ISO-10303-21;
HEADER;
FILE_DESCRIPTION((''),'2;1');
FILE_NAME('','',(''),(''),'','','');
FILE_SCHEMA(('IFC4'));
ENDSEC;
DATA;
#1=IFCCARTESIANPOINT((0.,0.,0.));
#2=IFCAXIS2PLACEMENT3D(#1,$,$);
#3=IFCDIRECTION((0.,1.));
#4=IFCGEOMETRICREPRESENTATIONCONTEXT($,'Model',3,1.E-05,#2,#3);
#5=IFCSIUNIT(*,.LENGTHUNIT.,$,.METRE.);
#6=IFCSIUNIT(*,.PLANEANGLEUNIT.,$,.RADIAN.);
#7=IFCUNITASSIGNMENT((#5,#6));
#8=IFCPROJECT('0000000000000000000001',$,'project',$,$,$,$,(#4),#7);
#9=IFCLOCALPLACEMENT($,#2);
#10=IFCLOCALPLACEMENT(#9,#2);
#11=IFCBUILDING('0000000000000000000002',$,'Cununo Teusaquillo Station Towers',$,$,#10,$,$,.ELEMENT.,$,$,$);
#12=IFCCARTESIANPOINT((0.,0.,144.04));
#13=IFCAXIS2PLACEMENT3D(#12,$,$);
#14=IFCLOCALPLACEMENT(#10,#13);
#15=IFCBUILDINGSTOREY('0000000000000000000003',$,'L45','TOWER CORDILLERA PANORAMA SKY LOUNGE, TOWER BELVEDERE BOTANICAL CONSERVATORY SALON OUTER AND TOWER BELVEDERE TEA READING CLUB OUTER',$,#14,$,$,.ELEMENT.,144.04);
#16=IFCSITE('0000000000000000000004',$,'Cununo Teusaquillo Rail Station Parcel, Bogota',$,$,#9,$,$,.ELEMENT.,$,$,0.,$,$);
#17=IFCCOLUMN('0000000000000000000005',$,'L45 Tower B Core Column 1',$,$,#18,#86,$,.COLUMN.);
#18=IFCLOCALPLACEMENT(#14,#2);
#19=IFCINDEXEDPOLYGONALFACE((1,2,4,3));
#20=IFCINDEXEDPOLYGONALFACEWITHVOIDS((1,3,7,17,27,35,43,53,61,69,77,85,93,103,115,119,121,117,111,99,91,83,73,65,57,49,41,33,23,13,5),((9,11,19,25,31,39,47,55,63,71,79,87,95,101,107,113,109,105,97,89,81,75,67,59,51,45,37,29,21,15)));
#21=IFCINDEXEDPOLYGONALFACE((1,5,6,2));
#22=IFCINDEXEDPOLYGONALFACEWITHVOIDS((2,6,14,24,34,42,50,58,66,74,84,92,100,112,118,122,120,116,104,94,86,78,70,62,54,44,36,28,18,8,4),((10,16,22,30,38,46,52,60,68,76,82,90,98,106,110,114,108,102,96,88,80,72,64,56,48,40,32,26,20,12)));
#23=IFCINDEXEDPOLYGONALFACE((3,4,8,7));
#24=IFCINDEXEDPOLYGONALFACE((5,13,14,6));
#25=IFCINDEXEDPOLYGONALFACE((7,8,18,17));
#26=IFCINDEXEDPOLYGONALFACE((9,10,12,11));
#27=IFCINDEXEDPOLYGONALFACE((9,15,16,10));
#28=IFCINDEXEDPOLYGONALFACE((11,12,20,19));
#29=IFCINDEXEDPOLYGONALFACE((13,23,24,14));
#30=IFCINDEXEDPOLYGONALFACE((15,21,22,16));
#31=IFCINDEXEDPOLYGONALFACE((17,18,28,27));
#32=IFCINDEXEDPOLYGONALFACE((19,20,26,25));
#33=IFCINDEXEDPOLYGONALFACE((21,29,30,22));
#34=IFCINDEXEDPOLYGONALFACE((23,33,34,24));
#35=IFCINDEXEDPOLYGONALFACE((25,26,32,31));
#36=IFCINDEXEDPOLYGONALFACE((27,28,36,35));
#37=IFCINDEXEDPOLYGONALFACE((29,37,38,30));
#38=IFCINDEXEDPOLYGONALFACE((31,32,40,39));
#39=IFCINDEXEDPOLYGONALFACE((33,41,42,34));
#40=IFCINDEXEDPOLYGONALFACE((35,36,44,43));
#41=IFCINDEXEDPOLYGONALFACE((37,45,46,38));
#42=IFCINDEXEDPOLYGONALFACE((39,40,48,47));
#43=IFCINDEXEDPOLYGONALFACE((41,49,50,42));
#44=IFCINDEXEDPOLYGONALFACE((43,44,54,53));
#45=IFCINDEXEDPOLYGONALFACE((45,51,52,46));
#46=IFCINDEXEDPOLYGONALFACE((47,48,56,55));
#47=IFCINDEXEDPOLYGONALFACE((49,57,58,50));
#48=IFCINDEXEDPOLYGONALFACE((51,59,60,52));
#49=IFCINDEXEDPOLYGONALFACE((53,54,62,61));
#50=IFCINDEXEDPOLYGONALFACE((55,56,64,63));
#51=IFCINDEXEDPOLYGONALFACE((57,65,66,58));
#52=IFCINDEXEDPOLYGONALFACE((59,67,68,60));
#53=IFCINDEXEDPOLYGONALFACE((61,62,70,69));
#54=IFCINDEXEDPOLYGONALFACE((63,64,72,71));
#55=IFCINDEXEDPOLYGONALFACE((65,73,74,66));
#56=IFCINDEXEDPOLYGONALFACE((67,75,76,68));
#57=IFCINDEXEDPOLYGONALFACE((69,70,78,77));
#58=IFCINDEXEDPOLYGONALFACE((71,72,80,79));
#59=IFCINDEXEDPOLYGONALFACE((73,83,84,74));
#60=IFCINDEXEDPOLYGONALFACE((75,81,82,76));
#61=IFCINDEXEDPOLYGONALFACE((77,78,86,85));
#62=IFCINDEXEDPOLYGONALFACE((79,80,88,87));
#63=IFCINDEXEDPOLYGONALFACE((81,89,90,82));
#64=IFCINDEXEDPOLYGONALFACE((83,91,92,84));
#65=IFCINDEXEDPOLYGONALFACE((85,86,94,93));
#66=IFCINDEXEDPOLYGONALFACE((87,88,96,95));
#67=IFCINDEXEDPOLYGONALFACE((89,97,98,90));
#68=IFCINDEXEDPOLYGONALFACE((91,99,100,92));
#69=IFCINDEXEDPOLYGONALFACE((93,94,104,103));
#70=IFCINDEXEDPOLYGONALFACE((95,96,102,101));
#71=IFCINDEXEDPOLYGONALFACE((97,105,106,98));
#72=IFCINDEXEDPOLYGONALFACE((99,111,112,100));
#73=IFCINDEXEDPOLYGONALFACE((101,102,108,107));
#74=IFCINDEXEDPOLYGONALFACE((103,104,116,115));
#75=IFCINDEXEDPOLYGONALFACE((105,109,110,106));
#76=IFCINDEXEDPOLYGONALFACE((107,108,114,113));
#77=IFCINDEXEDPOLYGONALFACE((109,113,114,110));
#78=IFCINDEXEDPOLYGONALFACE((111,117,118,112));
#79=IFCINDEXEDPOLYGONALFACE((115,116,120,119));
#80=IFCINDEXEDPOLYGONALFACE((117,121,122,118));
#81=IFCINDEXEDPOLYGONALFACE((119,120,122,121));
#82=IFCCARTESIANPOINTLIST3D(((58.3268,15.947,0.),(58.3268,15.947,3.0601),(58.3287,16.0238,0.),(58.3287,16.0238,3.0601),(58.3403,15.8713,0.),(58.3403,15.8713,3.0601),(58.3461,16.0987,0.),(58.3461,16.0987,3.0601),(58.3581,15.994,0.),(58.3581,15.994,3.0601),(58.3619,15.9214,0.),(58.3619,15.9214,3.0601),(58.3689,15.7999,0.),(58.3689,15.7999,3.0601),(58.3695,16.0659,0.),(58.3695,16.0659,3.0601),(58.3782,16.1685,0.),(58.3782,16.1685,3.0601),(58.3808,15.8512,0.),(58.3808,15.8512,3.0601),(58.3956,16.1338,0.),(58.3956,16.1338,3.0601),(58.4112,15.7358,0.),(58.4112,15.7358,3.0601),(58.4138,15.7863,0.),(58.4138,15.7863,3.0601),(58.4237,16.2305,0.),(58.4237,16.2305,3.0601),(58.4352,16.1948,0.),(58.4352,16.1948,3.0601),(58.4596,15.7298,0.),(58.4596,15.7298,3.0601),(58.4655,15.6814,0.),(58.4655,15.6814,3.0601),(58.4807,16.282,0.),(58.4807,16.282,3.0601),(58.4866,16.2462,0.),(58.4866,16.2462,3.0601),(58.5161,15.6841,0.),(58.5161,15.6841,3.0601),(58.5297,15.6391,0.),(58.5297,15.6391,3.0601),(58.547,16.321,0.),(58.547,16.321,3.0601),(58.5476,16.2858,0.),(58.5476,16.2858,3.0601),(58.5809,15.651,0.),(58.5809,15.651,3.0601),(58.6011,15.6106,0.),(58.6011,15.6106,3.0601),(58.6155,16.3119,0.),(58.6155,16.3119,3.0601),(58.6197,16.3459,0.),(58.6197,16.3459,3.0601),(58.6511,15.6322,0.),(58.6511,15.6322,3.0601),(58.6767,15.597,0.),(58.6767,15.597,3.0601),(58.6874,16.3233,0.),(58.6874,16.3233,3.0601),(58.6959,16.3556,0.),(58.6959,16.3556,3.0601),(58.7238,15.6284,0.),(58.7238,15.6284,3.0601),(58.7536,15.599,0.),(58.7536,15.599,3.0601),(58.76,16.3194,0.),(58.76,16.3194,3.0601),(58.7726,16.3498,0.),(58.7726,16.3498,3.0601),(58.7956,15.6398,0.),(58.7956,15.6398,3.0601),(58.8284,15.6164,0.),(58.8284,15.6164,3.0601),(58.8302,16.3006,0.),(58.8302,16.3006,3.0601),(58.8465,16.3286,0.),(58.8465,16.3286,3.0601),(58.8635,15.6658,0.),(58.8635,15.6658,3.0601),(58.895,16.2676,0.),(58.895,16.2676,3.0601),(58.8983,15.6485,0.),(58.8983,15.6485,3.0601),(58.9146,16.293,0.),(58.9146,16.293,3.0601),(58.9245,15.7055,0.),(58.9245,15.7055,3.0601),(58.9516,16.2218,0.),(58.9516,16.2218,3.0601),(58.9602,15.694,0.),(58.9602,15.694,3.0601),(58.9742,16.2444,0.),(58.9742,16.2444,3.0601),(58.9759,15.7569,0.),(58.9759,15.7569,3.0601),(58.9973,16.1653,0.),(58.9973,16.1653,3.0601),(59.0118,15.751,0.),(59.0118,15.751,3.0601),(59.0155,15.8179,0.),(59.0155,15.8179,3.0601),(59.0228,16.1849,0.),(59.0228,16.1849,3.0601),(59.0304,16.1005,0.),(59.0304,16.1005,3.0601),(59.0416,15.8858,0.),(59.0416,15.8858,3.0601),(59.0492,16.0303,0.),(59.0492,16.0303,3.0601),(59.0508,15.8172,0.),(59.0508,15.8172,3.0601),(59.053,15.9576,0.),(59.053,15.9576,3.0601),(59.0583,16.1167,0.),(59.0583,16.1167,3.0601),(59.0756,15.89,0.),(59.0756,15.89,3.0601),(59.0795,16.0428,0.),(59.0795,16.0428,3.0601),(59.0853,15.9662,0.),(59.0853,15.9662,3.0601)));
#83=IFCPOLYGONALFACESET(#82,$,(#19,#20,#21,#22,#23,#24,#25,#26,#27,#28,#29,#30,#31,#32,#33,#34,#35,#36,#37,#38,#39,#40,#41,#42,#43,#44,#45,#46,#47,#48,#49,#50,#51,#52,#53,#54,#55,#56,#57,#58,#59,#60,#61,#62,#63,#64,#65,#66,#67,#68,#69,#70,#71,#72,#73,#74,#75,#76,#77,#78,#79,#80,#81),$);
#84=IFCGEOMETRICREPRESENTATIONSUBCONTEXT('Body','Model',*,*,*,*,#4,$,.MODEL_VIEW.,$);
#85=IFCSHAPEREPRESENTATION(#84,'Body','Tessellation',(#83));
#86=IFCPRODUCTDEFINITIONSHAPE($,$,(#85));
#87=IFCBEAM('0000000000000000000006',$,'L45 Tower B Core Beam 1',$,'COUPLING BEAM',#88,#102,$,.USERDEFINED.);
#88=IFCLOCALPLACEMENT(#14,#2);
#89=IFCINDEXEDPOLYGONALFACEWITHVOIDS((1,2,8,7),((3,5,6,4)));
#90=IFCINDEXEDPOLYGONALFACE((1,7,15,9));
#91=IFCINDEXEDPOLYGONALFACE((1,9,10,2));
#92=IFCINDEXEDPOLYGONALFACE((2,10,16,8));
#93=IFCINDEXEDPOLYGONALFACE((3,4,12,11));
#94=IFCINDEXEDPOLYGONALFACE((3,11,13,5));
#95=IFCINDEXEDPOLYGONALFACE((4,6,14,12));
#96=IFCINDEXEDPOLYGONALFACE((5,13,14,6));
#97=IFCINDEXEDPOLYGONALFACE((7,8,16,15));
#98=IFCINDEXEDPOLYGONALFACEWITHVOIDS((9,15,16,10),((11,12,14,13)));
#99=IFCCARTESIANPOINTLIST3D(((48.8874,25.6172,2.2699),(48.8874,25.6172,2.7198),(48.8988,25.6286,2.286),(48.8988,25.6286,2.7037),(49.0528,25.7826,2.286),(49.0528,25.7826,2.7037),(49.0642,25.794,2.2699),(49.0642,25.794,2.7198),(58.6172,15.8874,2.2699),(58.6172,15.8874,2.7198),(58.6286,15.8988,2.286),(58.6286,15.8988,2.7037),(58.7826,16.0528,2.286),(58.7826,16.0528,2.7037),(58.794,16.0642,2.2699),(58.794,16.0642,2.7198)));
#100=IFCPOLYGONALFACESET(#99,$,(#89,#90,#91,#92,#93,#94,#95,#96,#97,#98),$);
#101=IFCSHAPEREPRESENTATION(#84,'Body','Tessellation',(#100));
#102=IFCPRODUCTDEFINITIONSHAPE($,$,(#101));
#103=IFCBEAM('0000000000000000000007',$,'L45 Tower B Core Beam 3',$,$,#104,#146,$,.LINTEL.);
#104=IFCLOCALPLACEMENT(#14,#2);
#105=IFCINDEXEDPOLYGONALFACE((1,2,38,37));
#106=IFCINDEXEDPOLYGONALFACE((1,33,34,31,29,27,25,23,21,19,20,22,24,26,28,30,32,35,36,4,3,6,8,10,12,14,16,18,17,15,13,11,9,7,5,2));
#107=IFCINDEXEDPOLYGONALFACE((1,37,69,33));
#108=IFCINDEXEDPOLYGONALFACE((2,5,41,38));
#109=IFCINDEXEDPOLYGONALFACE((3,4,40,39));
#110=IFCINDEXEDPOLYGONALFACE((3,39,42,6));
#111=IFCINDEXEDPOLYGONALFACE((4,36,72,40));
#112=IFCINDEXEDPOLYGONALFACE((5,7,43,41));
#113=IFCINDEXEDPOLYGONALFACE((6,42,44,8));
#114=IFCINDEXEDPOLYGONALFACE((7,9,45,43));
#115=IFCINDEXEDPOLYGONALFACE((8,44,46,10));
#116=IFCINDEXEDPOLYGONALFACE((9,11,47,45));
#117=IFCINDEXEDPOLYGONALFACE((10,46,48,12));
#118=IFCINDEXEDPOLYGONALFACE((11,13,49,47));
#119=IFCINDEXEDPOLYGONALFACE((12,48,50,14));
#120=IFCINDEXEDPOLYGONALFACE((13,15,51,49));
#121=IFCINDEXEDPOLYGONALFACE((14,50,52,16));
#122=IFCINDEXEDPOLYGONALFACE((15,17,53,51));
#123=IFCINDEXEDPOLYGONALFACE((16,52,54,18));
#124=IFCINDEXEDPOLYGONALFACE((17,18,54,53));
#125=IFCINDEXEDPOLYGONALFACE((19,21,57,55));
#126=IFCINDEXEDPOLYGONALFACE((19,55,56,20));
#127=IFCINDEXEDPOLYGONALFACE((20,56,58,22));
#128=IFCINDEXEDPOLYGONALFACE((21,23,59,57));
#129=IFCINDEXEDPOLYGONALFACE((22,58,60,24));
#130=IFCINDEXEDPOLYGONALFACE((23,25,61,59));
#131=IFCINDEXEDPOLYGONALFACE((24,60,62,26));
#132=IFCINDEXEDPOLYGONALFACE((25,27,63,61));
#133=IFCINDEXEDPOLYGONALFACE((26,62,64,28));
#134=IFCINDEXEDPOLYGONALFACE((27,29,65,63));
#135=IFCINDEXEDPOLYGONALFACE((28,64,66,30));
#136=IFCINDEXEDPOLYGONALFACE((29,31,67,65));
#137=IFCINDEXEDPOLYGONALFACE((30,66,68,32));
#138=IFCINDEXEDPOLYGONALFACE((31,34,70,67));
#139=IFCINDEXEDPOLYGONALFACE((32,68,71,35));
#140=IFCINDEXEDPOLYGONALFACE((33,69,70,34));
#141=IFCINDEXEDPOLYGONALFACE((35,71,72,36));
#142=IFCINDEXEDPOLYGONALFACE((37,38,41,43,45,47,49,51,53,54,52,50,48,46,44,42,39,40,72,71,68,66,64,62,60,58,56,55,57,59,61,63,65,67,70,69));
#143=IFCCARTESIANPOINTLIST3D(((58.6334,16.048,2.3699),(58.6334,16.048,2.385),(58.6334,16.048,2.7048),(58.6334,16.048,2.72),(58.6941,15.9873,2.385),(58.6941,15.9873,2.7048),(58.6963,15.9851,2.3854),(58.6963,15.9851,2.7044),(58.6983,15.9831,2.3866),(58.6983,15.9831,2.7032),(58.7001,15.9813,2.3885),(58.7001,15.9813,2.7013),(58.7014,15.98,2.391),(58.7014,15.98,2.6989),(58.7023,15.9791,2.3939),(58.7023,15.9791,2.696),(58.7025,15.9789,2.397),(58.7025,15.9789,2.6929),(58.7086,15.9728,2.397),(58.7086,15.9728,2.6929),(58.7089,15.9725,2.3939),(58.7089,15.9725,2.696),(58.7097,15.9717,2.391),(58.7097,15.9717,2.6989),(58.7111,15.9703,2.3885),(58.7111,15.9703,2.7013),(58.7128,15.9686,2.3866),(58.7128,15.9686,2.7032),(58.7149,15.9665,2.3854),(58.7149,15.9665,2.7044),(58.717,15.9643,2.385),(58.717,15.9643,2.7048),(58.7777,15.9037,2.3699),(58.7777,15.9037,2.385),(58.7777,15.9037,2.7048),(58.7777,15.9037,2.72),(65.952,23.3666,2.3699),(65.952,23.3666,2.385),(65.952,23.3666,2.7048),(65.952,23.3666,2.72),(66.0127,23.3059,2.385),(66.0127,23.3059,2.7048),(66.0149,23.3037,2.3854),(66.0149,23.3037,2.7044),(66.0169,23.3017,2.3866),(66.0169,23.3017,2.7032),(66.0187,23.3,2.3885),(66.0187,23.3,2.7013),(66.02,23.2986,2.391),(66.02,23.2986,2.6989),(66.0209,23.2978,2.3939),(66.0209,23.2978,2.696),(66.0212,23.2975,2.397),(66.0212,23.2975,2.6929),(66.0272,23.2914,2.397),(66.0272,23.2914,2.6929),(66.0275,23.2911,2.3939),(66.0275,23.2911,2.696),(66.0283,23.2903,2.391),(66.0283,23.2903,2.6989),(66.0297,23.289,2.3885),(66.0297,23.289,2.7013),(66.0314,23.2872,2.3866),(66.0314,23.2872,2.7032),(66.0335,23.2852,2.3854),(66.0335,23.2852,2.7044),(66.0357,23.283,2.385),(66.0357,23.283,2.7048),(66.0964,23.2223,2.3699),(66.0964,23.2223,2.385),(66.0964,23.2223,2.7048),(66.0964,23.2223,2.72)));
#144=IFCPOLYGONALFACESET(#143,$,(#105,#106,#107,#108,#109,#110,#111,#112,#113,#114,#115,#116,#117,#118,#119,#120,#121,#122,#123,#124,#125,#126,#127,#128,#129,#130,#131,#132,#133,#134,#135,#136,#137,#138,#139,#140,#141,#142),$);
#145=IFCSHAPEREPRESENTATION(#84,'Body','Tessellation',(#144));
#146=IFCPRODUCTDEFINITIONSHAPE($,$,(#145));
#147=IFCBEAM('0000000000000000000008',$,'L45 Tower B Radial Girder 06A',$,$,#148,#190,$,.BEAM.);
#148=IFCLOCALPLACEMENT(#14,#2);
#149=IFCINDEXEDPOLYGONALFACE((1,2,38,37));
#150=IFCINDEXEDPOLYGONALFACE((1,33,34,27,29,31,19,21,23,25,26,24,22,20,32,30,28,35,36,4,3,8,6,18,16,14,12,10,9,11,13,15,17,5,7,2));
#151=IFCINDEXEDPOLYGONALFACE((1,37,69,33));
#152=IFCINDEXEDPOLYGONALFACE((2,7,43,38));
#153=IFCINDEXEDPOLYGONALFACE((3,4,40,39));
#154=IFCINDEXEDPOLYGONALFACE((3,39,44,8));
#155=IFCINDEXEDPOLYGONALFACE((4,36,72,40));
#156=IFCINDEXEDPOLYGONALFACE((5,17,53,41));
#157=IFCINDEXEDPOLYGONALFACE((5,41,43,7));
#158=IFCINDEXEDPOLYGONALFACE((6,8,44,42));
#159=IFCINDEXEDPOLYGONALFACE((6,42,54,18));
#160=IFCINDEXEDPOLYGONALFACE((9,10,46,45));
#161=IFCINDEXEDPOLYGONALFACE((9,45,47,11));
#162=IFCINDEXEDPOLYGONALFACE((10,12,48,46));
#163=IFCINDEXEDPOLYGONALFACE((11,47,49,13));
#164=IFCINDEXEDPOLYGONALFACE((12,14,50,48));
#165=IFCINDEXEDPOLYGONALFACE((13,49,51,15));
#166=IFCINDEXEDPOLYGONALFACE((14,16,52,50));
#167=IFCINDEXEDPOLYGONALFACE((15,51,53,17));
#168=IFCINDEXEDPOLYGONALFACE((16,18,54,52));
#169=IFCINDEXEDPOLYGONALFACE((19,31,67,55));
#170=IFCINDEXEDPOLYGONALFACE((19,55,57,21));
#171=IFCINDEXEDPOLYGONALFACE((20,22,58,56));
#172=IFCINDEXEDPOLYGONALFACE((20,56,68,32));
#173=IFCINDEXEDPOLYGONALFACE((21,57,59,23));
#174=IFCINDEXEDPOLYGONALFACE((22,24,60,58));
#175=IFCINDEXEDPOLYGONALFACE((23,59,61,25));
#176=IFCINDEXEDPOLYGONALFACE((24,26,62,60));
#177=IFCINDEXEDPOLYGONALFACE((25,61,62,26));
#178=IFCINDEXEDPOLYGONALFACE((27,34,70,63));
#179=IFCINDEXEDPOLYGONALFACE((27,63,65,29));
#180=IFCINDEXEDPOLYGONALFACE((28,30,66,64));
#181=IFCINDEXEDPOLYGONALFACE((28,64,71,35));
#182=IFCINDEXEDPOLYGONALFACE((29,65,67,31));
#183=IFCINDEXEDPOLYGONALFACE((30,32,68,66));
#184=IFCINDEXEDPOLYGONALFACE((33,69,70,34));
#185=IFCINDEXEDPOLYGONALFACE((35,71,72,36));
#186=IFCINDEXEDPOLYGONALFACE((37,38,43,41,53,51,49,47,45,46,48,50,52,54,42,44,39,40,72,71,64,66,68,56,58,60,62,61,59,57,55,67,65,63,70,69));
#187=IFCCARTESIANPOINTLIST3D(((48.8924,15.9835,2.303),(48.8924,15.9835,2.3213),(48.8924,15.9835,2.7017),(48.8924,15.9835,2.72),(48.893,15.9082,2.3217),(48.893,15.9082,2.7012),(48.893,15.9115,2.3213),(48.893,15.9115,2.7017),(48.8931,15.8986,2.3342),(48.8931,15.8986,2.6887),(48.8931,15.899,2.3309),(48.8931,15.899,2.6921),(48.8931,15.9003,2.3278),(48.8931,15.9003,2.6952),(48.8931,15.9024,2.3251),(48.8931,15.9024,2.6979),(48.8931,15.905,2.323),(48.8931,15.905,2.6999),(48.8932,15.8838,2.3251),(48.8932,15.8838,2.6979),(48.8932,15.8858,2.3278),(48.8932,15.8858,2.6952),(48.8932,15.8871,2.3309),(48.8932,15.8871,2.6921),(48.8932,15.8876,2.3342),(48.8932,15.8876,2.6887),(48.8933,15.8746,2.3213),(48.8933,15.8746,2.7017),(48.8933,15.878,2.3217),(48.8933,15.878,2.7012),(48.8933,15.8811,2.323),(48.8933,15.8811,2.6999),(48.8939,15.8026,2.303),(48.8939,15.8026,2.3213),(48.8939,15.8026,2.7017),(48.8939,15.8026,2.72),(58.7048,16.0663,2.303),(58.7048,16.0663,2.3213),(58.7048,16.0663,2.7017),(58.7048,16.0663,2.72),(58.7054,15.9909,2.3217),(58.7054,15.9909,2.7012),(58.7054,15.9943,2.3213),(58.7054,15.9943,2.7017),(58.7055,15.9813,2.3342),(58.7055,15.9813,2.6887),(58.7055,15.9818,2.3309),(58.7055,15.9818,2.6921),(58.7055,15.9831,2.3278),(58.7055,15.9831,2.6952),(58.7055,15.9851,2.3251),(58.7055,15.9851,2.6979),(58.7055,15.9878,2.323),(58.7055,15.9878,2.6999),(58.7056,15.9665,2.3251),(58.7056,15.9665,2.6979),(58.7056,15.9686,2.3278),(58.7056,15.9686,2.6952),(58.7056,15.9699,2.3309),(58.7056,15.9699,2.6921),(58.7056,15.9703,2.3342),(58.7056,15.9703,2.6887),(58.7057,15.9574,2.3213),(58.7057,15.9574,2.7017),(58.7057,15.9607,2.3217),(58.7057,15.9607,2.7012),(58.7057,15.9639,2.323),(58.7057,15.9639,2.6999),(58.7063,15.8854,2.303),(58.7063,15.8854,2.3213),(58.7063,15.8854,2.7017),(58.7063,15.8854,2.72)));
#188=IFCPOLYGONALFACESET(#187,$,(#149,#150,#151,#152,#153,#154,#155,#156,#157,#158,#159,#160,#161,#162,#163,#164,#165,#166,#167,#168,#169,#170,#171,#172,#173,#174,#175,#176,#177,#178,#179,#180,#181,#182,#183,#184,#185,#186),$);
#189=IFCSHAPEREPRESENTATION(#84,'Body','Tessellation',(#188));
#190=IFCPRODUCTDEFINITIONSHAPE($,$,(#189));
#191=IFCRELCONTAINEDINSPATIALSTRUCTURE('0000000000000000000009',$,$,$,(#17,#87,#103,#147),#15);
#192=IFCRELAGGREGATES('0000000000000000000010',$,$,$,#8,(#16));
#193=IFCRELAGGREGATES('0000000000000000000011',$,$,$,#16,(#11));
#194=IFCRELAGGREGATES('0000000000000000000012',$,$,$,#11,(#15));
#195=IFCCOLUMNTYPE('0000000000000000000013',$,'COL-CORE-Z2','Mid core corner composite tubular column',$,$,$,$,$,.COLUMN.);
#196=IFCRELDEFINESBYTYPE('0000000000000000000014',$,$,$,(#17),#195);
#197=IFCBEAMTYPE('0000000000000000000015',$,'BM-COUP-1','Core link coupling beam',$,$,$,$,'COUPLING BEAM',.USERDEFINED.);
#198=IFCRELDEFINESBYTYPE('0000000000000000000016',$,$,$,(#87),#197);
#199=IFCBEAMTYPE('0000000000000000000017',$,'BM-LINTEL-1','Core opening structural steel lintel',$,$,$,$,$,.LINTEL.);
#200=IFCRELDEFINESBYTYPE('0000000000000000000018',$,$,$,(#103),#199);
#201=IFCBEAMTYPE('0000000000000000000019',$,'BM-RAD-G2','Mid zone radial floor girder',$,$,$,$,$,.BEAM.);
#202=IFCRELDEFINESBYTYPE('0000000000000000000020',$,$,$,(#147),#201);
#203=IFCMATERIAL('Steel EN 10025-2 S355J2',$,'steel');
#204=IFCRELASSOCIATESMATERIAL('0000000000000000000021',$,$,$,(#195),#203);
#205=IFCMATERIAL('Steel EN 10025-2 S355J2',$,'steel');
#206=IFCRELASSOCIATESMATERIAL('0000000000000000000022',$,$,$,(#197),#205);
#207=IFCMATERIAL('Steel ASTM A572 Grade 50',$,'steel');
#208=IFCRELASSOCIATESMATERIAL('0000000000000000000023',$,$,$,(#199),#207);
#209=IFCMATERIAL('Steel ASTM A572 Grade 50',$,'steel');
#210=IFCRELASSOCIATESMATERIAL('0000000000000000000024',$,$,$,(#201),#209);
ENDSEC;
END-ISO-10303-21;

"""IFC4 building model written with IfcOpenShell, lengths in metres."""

from ifc_helpers import new_model, si_unit, direction, frame, origin, origin_2d, place, context, subcontext, project, spatial, hollow_rectangle, hollow_circle, i_section, extrude, material, material_profile, profile_set, type_object, element, save


model = new_model("IFC4")

# Units and contexts
model_context = context("Model", 3, precision=1e-05, world=origin(), true_north=direction((0.0, 1.0)))
body_context = subcontext(model_context, "Body", "Model", "MODEL_VIEW")
ifc_project = project(units=[si_unit("LENGTHUNIT", "METRE"), si_unit("PLANEANGLEUNIT", "RADIAN")], contexts=[model_context])

# Site, building, storey
site_placement = place(None, origin())
site = spatial("IfcSite", under=ifc_project, at=site_placement, Name="Cununo Teusaquillo Rail Station Parcel, Bogota", CompositionType="ELEMENT", RefElevation=0.0)
building_placement = place(site_placement, origin())
building = spatial("IfcBuilding", under=site, at=building_placement, Name="Cununo Teusaquillo Station Towers", CompositionType="ELEMENT")
storey_placement = place(building_placement, frame((0.0, 0.0, 144.04)))
storey = spatial("IfcBuildingStorey", under=building, at=storey_placement, Name="L45", Description="TOWER CORDILLERA PANORAMA SKY LOUNGE, TOWER BELVEDERE BOTANICAL CONSERVATORY SALON OUTER AND TOWER BELVEDERE TEA READING CLUB OUTER", CompositionType="ELEMENT", Elevation=144.04)

# Column
ifc_material_1 = material(Name="Steel EN 10025-2 S355J2", Category="steel")
ifc_material_profile_1 = material_profile(ifc_material_1, hollow_circle(Radius=0.3799, WallThickness=0.032, at=origin_2d()), Name="CHS 760x32")
ifc_profile_set_1 = profile_set([ifc_material_profile_1], Name="Steel EN 10025-2 S355J2")
column_type = type_object("IfcColumnType", Name="COL-CORE-Z2", Description="Mid core corner composite tubular column", PredefinedType="COLUMN", material=ifc_profile_set_1)
column_placement = place(storey_placement, frame((58.7056, 15.9758, 0.0), z_axis=(0.0, 0.0, 1.0), x_axis=(0.707107, 0.707107, 0.0)))
element("IfcColumn", 1, at=column_placement, inside=storey, type_object=column_type, Name="L45 Tower B Core Column 1", PredefinedType="COLUMN", context=body_context, shape_type="SweptSolid", body=[
    extrude(hollow_circle(Radius=0.3799, WallThickness=0.032, at=origin_2d()), origin(), (0.0, 0.0, 1.0), 3.0601),
])

# Beams
ifc_material_2 = material(Name="Steel EN 10025-2 S355J2", Category="steel")
ifc_material_profile_2 = material_profile(ifc_material_2, hollow_rectangle(XDim=0.25, YDim=0.45, WallThickness=0.0161, at=origin_2d()), Name="RHS 450x250x16")
ifc_profile_set_2 = profile_set([ifc_material_profile_2], Name="Steel EN 10025-2 S355J2")
beam_type_1 = type_object("IfcBeamType", Name="BM-COUP-1", Description="Core link coupling beam", ElementType="COUPLING BEAM", PredefinedType="USERDEFINED", material=ifc_profile_set_2)
beam_1_placement = place(storey_placement, frame((58.7056, 15.9758, 2.4949), z_axis=(-0.707107, 0.707107, 0.0), x_axis=(-0.707107, -0.707107, 0.0)))
element("IfcBeam", 2, at=beam_1_placement, inside=storey, type_object=beam_type_1, Name="L45 Tower B Core Beam 1", ObjectType="COUPLING BEAM", PredefinedType="USERDEFINED", context=body_context, shape_type="SweptSolid", body=[
    extrude(hollow_rectangle(XDim=0.25, YDim=0.45, WallThickness=0.0161, at=origin_2d()), origin(), (0.0, 0.0, 1.0), 13.76),
])
ifc_material_3 = material(Name="Steel ASTM A572 Grade 50", Category="steel")
ifc_material_profile_3 = material_profile(ifc_material_3, i_section(OverallWidth=0.2041, OverallDepth=0.3501, WebThickness=0.0085, FlangeThickness=0.0151, FilletRadius=0.012, at=origin_2d()), Name="W14X48")
ifc_profile_set_3 = profile_set([ifc_material_profile_3], Name="Steel ASTM A572 Grade 50")
beam_type_2 = type_object("IfcBeamType", Name="BM-LINTEL-1", Description="Core opening structural steel lintel", PredefinedType="LINTEL", material=ifc_profile_set_3)
beam_2_placement = place(storey_placement, frame((58.7056, 15.9758, 2.5449), z_axis=(0.707107, 0.707107, 0.0), x_axis=(-0.707107, 0.707107, 0.0)))
element("IfcBeam", 3, at=beam_2_placement, inside=storey, type_object=beam_type_2, Name="L45 Tower B Core Beam 3", PredefinedType="LINTEL", context=body_context, shape_type="SweptSolid", body=[
    extrude(i_section(OverallWidth=0.2041, OverallDepth=0.3501, WebThickness=0.0085, FlangeThickness=0.0151, FilletRadius=0.012, at=origin_2d()), origin(), (0.0, 0.0, 1.0), 10.3501),
])
ifc_material_4 = material(Name="Steel ASTM A572 Grade 50", Category="steel")
ifc_material_profile_4 = material_profile(ifc_material_4, i_section(OverallWidth=0.1809, OverallDepth=0.417, WebThickness=0.011, FlangeThickness=0.0183, FilletRadius=0.0129, at=origin_2d()), Name="W16X57")
ifc_profile_set_4 = profile_set([ifc_material_profile_4], Name="Steel ASTM A572 Grade 50")
beam_type_3 = type_object("IfcBeamType", Name="BM-RAD-G2", Description="Mid zone radial floor girder", PredefinedType="BEAM", material=ifc_profile_set_4)
beam_3_placement = place(storey_placement, frame((58.7056, 15.9758, 2.5115), z_axis=(-0.999964, -0.008434, 0.0), x_axis=(0.008434, -0.999964, 0.0)))
element("IfcBeam", 4, at=beam_3_placement, inside=storey, type_object=beam_type_3, Name="L45 Tower B Radial Girder 06A", PredefinedType="BEAM", context=body_context, shape_type="SweptSolid", body=[
    extrude(i_section(OverallWidth=0.1809, OverallDepth=0.417, WebThickness=0.011, FlangeThickness=0.0183, FilletRadius=0.0129, at=origin_2d()), origin(), (0.0, 0.0, 1.0), 9.8127),
])

save(model, "model.ifc")
